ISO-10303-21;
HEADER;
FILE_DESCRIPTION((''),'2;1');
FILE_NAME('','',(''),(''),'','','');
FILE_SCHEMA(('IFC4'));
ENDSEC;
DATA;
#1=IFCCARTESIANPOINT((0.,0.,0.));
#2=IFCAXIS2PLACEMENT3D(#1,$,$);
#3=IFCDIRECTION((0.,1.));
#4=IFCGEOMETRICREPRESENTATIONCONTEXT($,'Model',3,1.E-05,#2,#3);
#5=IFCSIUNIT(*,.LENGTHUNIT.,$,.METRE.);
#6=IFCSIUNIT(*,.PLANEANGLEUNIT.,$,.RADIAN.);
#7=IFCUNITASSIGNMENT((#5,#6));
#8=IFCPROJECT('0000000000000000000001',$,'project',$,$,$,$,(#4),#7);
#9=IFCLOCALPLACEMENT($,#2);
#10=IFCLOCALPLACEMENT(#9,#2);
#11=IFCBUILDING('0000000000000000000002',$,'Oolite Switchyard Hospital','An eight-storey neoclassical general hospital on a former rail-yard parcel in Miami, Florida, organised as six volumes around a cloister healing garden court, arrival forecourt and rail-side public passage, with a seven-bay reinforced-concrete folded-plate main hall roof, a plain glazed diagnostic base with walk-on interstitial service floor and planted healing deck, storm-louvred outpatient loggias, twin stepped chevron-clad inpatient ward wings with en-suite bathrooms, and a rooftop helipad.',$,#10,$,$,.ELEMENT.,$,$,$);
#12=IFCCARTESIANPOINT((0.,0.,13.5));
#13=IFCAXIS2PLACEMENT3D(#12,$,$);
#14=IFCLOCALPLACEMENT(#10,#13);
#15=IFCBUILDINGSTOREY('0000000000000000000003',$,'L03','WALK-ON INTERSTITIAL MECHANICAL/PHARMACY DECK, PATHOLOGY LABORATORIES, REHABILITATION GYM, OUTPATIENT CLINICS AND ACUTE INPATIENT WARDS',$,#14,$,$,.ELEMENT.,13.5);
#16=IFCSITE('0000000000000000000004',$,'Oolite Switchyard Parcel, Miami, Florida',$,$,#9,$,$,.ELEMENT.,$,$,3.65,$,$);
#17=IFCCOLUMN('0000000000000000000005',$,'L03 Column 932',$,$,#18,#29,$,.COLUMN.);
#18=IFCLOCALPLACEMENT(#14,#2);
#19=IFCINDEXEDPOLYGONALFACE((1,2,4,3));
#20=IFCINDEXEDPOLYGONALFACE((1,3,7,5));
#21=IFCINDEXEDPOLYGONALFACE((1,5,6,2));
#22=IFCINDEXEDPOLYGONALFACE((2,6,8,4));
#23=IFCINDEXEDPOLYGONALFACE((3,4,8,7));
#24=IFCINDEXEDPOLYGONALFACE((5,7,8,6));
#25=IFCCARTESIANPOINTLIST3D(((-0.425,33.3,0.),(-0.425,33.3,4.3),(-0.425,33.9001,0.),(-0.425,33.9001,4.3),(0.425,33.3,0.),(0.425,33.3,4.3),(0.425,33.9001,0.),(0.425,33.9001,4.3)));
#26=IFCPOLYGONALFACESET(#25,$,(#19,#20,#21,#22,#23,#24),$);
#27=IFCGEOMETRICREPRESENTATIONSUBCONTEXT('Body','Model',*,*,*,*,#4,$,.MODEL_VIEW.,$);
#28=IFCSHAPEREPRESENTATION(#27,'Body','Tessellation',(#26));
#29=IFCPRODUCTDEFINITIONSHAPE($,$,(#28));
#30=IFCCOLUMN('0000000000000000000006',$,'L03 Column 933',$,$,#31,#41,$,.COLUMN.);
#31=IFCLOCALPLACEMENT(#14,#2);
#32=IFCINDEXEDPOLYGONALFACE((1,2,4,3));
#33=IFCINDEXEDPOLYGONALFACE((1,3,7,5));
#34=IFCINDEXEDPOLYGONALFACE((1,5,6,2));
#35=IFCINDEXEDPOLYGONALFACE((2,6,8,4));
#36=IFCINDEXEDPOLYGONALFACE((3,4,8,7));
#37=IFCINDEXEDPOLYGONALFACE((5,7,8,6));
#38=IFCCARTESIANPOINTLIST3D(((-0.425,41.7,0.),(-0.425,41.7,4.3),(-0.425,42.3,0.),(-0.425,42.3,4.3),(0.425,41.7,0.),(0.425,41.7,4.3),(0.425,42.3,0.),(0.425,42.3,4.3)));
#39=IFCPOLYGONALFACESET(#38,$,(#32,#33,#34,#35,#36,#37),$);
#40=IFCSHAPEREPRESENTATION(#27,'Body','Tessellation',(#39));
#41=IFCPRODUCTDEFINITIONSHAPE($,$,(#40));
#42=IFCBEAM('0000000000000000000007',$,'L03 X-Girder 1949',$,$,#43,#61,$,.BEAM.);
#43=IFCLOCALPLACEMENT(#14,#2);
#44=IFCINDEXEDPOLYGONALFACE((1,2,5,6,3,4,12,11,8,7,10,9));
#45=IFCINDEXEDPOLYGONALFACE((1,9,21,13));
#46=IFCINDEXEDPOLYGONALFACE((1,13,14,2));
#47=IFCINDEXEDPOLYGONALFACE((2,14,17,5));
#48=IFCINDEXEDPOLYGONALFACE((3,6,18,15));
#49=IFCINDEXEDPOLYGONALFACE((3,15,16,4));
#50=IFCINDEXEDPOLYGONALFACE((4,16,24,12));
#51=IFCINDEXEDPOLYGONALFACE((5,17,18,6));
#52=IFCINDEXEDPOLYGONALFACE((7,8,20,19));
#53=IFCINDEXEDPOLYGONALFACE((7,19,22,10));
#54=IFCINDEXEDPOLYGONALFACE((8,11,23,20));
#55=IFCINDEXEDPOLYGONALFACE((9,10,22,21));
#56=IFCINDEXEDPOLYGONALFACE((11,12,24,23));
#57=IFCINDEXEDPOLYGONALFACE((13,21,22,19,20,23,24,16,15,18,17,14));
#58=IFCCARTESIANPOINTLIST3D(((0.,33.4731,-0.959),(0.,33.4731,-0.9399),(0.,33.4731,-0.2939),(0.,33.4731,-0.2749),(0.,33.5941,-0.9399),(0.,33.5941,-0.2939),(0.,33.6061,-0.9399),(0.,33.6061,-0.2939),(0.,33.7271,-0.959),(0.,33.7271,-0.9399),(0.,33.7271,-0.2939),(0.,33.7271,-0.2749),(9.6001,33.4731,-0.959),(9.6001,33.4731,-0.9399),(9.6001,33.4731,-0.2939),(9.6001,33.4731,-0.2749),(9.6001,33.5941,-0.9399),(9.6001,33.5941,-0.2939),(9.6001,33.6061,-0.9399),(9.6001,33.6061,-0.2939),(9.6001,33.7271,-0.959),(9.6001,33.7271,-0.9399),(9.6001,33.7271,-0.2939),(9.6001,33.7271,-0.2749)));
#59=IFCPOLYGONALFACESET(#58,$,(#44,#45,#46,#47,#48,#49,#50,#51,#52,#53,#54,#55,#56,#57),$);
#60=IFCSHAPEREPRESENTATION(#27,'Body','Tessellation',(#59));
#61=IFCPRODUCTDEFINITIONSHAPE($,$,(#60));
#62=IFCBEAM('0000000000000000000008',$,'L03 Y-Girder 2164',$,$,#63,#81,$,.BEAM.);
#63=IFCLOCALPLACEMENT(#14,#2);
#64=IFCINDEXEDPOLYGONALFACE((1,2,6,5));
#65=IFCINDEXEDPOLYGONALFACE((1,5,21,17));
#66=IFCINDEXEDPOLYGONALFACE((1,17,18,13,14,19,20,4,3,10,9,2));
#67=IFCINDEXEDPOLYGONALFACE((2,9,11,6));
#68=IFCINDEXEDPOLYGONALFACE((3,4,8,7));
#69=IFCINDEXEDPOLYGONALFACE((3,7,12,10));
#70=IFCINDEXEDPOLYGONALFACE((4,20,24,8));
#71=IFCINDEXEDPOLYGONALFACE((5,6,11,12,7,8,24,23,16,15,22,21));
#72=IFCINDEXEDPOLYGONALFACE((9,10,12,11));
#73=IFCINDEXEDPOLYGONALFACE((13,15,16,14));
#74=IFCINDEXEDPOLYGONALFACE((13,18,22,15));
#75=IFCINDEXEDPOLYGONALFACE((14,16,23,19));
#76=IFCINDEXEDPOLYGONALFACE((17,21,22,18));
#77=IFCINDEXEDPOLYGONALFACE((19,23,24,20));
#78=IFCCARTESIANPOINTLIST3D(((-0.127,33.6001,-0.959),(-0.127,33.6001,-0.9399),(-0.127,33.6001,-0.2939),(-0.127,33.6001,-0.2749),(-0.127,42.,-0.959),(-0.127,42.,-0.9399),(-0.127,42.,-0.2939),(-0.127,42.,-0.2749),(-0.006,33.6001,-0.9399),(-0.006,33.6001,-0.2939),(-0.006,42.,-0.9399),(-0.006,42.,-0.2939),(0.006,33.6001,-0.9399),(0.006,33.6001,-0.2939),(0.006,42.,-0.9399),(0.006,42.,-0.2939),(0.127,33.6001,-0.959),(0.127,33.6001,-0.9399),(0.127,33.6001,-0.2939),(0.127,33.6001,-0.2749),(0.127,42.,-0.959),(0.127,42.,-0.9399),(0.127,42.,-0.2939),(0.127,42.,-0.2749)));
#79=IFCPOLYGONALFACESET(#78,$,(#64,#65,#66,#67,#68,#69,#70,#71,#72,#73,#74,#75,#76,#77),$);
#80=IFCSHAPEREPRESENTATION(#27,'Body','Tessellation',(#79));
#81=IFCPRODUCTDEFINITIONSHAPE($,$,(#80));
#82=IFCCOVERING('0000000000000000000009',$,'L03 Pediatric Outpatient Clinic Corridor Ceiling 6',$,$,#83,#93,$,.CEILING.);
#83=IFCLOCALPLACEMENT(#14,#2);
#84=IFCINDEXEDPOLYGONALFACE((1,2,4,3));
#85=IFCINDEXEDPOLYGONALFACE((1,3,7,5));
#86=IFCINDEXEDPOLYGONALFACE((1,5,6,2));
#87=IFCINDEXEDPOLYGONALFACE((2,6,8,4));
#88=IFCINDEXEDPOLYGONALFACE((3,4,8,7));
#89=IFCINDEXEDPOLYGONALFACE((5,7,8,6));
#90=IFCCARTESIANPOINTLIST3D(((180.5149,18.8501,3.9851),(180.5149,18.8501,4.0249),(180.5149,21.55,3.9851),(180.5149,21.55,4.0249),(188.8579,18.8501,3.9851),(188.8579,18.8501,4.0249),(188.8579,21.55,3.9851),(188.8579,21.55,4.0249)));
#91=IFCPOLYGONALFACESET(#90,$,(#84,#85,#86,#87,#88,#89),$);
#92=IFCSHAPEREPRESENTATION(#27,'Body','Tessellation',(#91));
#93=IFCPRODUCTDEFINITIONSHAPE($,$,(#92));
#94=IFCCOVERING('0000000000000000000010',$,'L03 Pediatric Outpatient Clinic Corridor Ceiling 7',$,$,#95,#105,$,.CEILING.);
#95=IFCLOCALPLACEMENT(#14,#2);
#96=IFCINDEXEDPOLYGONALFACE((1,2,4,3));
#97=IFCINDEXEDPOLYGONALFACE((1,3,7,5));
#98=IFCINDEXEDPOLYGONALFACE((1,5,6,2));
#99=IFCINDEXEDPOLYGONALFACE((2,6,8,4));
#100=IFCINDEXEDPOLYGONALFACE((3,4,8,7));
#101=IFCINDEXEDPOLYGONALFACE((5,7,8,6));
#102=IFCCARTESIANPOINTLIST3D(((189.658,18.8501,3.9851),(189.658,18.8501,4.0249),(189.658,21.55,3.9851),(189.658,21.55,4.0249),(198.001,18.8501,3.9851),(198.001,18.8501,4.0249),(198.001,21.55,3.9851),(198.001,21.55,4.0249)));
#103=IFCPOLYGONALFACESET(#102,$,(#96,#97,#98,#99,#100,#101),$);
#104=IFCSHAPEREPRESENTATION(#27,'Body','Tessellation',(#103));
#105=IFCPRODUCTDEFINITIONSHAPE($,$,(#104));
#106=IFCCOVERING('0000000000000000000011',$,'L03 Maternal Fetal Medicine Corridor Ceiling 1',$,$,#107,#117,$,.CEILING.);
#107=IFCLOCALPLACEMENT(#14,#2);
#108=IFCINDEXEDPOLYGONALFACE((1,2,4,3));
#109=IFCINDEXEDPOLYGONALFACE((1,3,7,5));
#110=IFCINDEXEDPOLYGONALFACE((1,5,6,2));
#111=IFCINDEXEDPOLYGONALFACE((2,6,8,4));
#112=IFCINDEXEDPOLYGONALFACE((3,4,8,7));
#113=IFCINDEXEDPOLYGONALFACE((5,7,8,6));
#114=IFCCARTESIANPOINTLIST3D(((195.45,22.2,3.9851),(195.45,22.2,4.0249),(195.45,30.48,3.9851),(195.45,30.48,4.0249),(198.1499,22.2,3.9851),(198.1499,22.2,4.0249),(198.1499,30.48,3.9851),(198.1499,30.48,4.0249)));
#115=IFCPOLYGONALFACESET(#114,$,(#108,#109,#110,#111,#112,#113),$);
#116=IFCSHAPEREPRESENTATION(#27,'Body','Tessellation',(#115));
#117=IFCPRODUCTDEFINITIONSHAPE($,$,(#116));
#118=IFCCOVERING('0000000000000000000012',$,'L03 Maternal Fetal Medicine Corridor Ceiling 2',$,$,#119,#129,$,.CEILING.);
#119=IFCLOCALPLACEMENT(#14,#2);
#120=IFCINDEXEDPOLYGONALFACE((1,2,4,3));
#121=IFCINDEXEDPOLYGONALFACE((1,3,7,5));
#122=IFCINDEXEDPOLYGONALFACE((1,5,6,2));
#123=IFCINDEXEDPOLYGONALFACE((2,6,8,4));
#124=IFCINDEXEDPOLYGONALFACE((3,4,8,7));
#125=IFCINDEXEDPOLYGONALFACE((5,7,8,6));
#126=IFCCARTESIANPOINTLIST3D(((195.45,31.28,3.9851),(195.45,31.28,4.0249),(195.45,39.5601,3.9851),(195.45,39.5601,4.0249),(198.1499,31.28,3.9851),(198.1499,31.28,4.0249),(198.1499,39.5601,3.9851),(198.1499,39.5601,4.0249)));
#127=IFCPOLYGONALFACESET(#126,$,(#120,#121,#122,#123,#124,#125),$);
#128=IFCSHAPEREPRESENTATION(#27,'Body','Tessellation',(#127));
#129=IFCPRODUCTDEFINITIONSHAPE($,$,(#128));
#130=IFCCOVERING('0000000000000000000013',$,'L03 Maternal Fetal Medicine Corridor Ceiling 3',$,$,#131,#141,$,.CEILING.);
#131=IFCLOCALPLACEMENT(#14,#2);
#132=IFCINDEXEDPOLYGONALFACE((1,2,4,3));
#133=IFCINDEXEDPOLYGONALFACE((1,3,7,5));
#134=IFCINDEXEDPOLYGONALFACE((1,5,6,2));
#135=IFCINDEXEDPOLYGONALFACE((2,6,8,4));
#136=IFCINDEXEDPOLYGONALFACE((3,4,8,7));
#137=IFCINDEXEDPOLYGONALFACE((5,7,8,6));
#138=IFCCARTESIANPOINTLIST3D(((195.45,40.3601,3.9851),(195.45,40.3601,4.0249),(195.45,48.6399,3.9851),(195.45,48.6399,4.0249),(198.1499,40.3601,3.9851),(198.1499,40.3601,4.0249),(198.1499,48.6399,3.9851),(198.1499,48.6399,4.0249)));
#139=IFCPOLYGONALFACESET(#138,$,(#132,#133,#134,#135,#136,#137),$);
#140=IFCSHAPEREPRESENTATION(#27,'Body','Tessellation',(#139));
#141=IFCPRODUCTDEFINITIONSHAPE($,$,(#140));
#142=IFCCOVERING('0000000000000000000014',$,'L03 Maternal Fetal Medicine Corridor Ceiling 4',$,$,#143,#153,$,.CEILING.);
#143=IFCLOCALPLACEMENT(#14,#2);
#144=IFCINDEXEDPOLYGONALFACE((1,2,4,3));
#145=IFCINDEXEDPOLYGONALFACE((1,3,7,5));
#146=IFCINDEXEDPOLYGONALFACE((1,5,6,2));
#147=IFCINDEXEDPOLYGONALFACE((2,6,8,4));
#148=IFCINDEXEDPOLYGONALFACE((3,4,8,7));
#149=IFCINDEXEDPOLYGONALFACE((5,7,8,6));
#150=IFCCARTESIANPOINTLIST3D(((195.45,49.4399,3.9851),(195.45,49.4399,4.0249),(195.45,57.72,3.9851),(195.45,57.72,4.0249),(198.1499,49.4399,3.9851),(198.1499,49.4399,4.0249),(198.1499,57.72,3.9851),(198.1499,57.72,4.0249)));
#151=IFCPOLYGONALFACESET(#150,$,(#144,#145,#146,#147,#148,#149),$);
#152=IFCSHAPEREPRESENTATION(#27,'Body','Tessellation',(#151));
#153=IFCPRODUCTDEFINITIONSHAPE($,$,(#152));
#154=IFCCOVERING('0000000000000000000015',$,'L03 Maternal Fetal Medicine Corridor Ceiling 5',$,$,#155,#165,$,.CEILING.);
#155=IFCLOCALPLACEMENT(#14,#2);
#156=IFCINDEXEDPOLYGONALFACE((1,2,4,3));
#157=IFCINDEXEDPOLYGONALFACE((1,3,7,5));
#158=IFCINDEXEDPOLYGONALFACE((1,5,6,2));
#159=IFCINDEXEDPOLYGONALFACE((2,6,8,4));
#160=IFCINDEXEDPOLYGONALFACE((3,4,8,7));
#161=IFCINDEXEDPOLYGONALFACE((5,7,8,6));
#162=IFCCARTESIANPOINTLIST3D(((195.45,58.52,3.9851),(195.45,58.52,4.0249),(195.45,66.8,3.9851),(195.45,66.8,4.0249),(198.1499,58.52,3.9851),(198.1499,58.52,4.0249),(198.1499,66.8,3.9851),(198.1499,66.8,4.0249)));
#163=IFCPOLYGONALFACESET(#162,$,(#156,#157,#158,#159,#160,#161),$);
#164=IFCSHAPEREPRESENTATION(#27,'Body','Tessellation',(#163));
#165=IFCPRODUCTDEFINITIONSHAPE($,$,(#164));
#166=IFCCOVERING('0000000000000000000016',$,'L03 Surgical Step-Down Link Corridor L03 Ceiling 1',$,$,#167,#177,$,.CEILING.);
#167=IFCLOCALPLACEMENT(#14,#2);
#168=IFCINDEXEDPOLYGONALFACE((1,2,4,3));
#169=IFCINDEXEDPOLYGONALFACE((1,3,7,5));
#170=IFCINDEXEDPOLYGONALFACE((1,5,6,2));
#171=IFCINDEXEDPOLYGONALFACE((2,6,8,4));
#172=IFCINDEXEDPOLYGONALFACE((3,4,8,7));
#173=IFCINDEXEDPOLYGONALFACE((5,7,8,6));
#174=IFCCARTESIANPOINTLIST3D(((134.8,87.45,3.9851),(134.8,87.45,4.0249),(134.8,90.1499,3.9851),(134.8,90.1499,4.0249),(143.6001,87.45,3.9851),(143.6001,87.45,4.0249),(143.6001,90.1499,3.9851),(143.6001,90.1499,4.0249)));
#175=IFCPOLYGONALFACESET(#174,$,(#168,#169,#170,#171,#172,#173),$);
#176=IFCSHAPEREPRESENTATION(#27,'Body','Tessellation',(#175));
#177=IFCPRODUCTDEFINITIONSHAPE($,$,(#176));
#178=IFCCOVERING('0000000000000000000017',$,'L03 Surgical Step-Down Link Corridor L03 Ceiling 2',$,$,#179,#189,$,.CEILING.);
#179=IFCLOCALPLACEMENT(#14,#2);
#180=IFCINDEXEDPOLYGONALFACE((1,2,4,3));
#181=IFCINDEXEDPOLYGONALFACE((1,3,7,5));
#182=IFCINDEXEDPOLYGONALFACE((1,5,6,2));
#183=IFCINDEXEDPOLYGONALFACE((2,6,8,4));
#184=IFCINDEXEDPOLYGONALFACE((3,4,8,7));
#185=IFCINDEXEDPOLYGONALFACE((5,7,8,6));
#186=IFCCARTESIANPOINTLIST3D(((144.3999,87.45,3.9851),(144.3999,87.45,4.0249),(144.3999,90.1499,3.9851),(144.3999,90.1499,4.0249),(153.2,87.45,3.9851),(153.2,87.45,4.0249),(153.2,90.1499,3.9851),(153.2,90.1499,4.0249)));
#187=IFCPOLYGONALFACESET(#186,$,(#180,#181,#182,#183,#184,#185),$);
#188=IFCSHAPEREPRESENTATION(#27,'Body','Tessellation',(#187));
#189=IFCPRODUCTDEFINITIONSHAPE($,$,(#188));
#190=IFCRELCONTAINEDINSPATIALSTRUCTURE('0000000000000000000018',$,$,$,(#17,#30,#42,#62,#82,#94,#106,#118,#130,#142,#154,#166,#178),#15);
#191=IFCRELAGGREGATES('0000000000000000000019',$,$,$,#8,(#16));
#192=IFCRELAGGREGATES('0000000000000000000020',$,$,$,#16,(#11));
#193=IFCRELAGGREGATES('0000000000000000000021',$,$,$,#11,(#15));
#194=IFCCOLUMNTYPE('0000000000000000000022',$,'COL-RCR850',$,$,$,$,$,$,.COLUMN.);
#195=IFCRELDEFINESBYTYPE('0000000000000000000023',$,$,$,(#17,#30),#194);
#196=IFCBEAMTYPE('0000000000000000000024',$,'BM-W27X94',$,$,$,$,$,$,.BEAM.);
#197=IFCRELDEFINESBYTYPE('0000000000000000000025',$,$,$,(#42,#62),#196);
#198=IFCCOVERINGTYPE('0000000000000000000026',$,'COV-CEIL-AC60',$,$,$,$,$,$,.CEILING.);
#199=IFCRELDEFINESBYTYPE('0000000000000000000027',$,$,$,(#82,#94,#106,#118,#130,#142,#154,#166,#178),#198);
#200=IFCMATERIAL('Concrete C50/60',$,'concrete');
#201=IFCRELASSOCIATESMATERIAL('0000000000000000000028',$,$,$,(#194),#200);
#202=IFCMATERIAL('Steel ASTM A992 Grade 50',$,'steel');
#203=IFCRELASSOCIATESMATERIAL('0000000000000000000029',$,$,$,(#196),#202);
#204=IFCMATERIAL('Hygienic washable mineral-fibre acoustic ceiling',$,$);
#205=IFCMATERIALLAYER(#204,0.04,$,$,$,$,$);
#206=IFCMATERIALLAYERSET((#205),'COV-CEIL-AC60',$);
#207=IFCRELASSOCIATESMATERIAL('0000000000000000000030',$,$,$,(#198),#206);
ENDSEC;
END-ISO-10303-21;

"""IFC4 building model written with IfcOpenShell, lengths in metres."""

from ifc_helpers import new_model, si_unit, direction, frame, origin, origin_2d, place, context, subcontext, project, spatial, polyline, rectangle, i_section, outline, extrude, material, layer, layer_set, material_profile, profile_set, type_object, element, save


model = new_model("IFC4")

# Units and contexts
model_context = context("Model", 3, precision=1e-05, world=origin(), true_north=direction((0.0, 1.0)))
body_context = subcontext(model_context, "Body", "Model", "MODEL_VIEW")
ifc_project = project(units=[si_unit("LENGTHUNIT", "METRE"), si_unit("PLANEANGLEUNIT", "RADIAN")], contexts=[model_context])

# Site, building, storey
site_placement = place(None, origin())
site = spatial("IfcSite", under=ifc_project, at=site_placement, Name="Oolite Switchyard Parcel, Miami, Florida", CompositionType="ELEMENT", RefElevation=3.65)
building_placement = place(site_placement, origin())
building = spatial("IfcBuilding", under=site, at=building_placement, Name="Oolite Switchyard Hospital", Description="An eight-storey neoclassical general hospital on a former rail-yard parcel in Miami, Florida, organised as six volumes around a cloister healing garden court, arrival forecourt and rail-side public passage, with a seven-bay reinforced-concrete folded-plate main hall roof, a plain glazed diagnostic base with walk-on interstitial service floor and planted healing deck, storm-louvred outpatient loggias, twin stepped chevron-clad inpatient ward wings with en-suite bathrooms, and a rooftop helipad.", CompositionType="ELEMENT")
storey_placement = place(building_placement, frame((0.0, 0.0, 13.5)))
storey = spatial("IfcBuildingStorey", under=building, at=storey_placement, Name="L03", Description="WALK-ON INTERSTITIAL MECHANICAL/PHARMACY DECK, PATHOLOGY LABORATORIES, REHABILITATION GYM, OUTPATIENT CLINICS AND ACUTE INPATIENT WARDS", CompositionType="ELEMENT", Elevation=13.5)

# Columns
ifc_material_1 = material(Name="Concrete C50/60", Category="concrete")
ifc_material_profile_1 = material_profile(ifc_material_1, rectangle(XDim=0.8501, YDim=0.6001, at=origin_2d()), Name="RC850X600")
ifc_profile_set_1 = profile_set([ifc_material_profile_1], Name="Concrete C50/60")
column_type = type_object("IfcColumnType", Name="COL-RCR850", PredefinedType="COLUMN", material=ifc_profile_set_1)
for number, where, z_axis, x_axis, name in (
    (1, (0.0, 33.6001, 0.0), (0.0, 0.0, 1.0), (1.0, 0.0, 0.0), "L03 Column 932"),
    (2, (0.0, 42.0, 0.0), (0.0, 0.0, 1.0), (1.0, 0.0, 0.0), "L03 Column 933"),
):
    element("IfcColumn", number, at=place(storey_placement, frame(where, z_axis=z_axis, x_axis=x_axis)), inside=storey, type_object=column_type, Name=name, PredefinedType="COLUMN", context=body_context, shape_type="SweptSolid", body=[
        extrude(rectangle(XDim=0.8501, YDim=0.6001, at=origin_2d()), origin(), (0.0, 0.0, 1.0), 4.3),
    ])

# Beams
ifc_material_2 = material(Name="Steel ASTM A992 Grade 50", Category="steel")
ifc_material_profile_2 = material_profile(ifc_material_2, i_section(OverallWidth=0.2539, OverallDepth=0.6841, WebThickness=0.012, FlangeThickness=0.019, at=origin_2d()), Name="W27X94")
ifc_profile_set_2 = profile_set([ifc_material_profile_2], Name="Steel ASTM A992 Grade 50")
beam_type = type_object("IfcBeamType", Name="BM-W27X94", PredefinedType="BEAM", material=ifc_profile_set_2)
beam_1_placement = place(storey_placement, frame((0.0, 33.6001, -0.6169), z_axis=(1.0, 0.0, 0.0), x_axis=(0.0, 1.0, 0.0)))
element("IfcBeam", 3, at=beam_1_placement, inside=storey, type_object=beam_type, Name="L03 X-Girder 1949", PredefinedType="BEAM", context=body_context, shape_type="SweptSolid", body=[
    extrude(i_section(OverallWidth=0.2539, OverallDepth=0.6841, WebThickness=0.012, FlangeThickness=0.019, at=origin_2d()), origin(), (0.0, 0.0, 1.0), 9.6001),
])
beam_2_placement = place(storey_placement, frame((0.0, 33.6001, -0.6169), z_axis=(0.0, 1.0, 0.0), x_axis=(-1.0, 0.0, 0.0)))
element("IfcBeam", 4, at=beam_2_placement, inside=storey, type_object=beam_type, Name="L03 Y-Girder 2164", PredefinedType="BEAM", context=body_context, shape_type="SweptSolid", body=[
    extrude(i_section(OverallWidth=0.2539, OverallDepth=0.6841, WebThickness=0.012, FlangeThickness=0.019, at=origin_2d()), origin(), (0.0, 0.0, 1.0), 8.3999),
])

# Coverings
ifc_material_3 = material(Name="Hygienic washable mineral-fibre acoustic ceiling")
ifc_layer_1 = layer(ifc_material_3, 0.04)
ifc_layer_set_1 = layer_set([ifc_layer_1], Name="COV-CEIL-AC60")
covering_type_1 = type_object("IfcCoveringType", Name="COV-CEIL-AC60", PredefinedType="CEILING", material=ifc_layer_set_1)
covering_1_placement = place(storey_placement, frame((0.0, 0.0, 3.9851)))
element("IfcCovering", 5, at=covering_1_placement, inside=storey, type_object=covering_type_1, Name="L03 Pediatric Outpatient Clinic Corridor Ceiling 6", PredefinedType="CEILING", context=body_context, shape_type="SweptSolid", body=[
    extrude(outline(polyline([(180.5149, 18.8501), (188.8579, 18.8501), (188.8579, 21.55), (180.5149, 21.55), (180.5149, 18.8501)])), origin(), (0.0, 0.0, 1.0), 0.0398),
])
covering_2_placement = place(storey_placement, frame((0.0, 0.0, 3.9851)))
element("IfcCovering", 6, at=covering_2_placement, inside=storey, type_object=covering_type_1, Name="L03 Pediatric Outpatient Clinic Corridor Ceiling 7", PredefinedType="CEILING", context=body_context, shape_type="SweptSolid", body=[
    extrude(outline(polyline([(189.658, 18.8501), (198.001, 18.8501), (198.001, 21.55), (189.658, 21.55), (189.658, 18.8501)])), origin(), (0.0, 0.0, 1.0), 0.0398),
])
covering_3_placement = place(storey_placement, frame((0.0, 0.0, 3.9851)))
element("IfcCovering", 7, at=covering_3_placement, inside=storey, type_object=covering_type_1, Name="L03 Maternal Fetal Medicine Corridor Ceiling 1", PredefinedType="CEILING", context=body_context, shape_type="SweptSolid", body=[
    extrude(outline(polyline([(195.45, 22.2), (198.1499, 22.2), (198.1499, 30.48), (195.45, 30.48), (195.45, 22.2)])), origin(), (0.0, 0.0, 1.0), 0.0398),
])
covering_4_placement = place(storey_placement, frame((0.0, 0.0, 3.9851)))
element("IfcCovering", 8, at=covering_4_placement, inside=storey, type_object=covering_type_1, Name="L03 Maternal Fetal Medicine Corridor Ceiling 2", PredefinedType="CEILING", context=body_context, shape_type="SweptSolid", body=[
    extrude(outline(polyline([(195.45, 31.28), (198.1499, 31.28), (198.1499, 39.5601), (195.45, 39.5601), (195.45, 31.28)])), origin(), (0.0, 0.0, 1.0), 0.0398),
])
covering_5_placement = place(storey_placement, frame((0.0, 0.0, 3.9851)))
element("IfcCovering", 9, at=covering_5_placement, inside=storey, type_object=covering_type_1, Name="L03 Maternal Fetal Medicine Corridor Ceiling 3", PredefinedType="CEILING", context=body_context, shape_type="SweptSolid", body=[
    extrude(outline(polyline([(195.45, 40.3601), (198.1499, 40.3601), (198.1499, 48.6399), (195.45, 48.6399), (195.45, 40.3601)])), origin(), (0.0, 0.0, 1.0), 0.0398),
])
covering_6_placement = place(storey_placement, frame((0.0, 0.0, 3.9851)))
element("IfcCovering", 10, at=covering_6_placement, inside=storey, type_object=covering_type_1, Name="L03 Maternal Fetal Medicine Corridor Ceiling 4", PredefinedType="CEILING", context=body_context, shape_type="SweptSolid", body=[
    extrude(outline(polyline([(195.45, 49.4399), (198.1499, 49.4399), (198.1499, 57.72), (195.45, 57.72), (195.45, 49.4399)])), origin(), (0.0, 0.0, 1.0), 0.0398),
])
covering_7_placement = place(storey_placement, frame((0.0, 0.0, 3.9851)))
element("IfcCovering", 11, at=covering_7_placement, inside=storey, type_object=covering_type_1, Name="L03 Maternal Fetal Medicine Corridor Ceiling 5", PredefinedType="CEILING", context=body_context, shape_type="SweptSolid", body=[
    extrude(outline(polyline([(195.45, 58.52), (198.1499, 58.52), (198.1499, 66.8), (195.45, 66.8), (195.45, 58.52)])), origin(), (0.0, 0.0, 1.0), 0.0398),
])
covering_8_placement = place(storey_placement, frame((0.0, 0.0, 3.9851)))
element("IfcCovering", 12, at=covering_8_placement, inside=storey, type_object=covering_type_1, Name="L03 Surgical Step-Down Link Corridor L03 Ceiling 1", PredefinedType="CEILING", context=body_context, shape_type="SweptSolid", body=[
    extrude(outline(polyline([(134.8, 87.45), (143.6001, 87.45), (143.6001, 90.1499), (134.8, 90.1499), (134.8, 87.45)])), origin(), (0.0, 0.0, 1.0), 0.0398),
])
covering_9_placement = place(storey_placement, frame((0.0, 0.0, 3.9851)))
element("IfcCovering", 13, at=covering_9_placement, inside=storey, type_object=covering_type_1, Name="L03 Surgical Step-Down Link Corridor L03 Ceiling 2", PredefinedType="CEILING", context=body_context, shape_type="SweptSolid", body=[
    extrude(outline(polyline([(144.3999, 87.45), (153.2, 87.45), (153.2, 90.1499), (144.3999, 90.1499), (144.3999, 87.45)])), origin(), (0.0, 0.0, 1.0), 0.0398),
])

save(model, "model.ifc")
